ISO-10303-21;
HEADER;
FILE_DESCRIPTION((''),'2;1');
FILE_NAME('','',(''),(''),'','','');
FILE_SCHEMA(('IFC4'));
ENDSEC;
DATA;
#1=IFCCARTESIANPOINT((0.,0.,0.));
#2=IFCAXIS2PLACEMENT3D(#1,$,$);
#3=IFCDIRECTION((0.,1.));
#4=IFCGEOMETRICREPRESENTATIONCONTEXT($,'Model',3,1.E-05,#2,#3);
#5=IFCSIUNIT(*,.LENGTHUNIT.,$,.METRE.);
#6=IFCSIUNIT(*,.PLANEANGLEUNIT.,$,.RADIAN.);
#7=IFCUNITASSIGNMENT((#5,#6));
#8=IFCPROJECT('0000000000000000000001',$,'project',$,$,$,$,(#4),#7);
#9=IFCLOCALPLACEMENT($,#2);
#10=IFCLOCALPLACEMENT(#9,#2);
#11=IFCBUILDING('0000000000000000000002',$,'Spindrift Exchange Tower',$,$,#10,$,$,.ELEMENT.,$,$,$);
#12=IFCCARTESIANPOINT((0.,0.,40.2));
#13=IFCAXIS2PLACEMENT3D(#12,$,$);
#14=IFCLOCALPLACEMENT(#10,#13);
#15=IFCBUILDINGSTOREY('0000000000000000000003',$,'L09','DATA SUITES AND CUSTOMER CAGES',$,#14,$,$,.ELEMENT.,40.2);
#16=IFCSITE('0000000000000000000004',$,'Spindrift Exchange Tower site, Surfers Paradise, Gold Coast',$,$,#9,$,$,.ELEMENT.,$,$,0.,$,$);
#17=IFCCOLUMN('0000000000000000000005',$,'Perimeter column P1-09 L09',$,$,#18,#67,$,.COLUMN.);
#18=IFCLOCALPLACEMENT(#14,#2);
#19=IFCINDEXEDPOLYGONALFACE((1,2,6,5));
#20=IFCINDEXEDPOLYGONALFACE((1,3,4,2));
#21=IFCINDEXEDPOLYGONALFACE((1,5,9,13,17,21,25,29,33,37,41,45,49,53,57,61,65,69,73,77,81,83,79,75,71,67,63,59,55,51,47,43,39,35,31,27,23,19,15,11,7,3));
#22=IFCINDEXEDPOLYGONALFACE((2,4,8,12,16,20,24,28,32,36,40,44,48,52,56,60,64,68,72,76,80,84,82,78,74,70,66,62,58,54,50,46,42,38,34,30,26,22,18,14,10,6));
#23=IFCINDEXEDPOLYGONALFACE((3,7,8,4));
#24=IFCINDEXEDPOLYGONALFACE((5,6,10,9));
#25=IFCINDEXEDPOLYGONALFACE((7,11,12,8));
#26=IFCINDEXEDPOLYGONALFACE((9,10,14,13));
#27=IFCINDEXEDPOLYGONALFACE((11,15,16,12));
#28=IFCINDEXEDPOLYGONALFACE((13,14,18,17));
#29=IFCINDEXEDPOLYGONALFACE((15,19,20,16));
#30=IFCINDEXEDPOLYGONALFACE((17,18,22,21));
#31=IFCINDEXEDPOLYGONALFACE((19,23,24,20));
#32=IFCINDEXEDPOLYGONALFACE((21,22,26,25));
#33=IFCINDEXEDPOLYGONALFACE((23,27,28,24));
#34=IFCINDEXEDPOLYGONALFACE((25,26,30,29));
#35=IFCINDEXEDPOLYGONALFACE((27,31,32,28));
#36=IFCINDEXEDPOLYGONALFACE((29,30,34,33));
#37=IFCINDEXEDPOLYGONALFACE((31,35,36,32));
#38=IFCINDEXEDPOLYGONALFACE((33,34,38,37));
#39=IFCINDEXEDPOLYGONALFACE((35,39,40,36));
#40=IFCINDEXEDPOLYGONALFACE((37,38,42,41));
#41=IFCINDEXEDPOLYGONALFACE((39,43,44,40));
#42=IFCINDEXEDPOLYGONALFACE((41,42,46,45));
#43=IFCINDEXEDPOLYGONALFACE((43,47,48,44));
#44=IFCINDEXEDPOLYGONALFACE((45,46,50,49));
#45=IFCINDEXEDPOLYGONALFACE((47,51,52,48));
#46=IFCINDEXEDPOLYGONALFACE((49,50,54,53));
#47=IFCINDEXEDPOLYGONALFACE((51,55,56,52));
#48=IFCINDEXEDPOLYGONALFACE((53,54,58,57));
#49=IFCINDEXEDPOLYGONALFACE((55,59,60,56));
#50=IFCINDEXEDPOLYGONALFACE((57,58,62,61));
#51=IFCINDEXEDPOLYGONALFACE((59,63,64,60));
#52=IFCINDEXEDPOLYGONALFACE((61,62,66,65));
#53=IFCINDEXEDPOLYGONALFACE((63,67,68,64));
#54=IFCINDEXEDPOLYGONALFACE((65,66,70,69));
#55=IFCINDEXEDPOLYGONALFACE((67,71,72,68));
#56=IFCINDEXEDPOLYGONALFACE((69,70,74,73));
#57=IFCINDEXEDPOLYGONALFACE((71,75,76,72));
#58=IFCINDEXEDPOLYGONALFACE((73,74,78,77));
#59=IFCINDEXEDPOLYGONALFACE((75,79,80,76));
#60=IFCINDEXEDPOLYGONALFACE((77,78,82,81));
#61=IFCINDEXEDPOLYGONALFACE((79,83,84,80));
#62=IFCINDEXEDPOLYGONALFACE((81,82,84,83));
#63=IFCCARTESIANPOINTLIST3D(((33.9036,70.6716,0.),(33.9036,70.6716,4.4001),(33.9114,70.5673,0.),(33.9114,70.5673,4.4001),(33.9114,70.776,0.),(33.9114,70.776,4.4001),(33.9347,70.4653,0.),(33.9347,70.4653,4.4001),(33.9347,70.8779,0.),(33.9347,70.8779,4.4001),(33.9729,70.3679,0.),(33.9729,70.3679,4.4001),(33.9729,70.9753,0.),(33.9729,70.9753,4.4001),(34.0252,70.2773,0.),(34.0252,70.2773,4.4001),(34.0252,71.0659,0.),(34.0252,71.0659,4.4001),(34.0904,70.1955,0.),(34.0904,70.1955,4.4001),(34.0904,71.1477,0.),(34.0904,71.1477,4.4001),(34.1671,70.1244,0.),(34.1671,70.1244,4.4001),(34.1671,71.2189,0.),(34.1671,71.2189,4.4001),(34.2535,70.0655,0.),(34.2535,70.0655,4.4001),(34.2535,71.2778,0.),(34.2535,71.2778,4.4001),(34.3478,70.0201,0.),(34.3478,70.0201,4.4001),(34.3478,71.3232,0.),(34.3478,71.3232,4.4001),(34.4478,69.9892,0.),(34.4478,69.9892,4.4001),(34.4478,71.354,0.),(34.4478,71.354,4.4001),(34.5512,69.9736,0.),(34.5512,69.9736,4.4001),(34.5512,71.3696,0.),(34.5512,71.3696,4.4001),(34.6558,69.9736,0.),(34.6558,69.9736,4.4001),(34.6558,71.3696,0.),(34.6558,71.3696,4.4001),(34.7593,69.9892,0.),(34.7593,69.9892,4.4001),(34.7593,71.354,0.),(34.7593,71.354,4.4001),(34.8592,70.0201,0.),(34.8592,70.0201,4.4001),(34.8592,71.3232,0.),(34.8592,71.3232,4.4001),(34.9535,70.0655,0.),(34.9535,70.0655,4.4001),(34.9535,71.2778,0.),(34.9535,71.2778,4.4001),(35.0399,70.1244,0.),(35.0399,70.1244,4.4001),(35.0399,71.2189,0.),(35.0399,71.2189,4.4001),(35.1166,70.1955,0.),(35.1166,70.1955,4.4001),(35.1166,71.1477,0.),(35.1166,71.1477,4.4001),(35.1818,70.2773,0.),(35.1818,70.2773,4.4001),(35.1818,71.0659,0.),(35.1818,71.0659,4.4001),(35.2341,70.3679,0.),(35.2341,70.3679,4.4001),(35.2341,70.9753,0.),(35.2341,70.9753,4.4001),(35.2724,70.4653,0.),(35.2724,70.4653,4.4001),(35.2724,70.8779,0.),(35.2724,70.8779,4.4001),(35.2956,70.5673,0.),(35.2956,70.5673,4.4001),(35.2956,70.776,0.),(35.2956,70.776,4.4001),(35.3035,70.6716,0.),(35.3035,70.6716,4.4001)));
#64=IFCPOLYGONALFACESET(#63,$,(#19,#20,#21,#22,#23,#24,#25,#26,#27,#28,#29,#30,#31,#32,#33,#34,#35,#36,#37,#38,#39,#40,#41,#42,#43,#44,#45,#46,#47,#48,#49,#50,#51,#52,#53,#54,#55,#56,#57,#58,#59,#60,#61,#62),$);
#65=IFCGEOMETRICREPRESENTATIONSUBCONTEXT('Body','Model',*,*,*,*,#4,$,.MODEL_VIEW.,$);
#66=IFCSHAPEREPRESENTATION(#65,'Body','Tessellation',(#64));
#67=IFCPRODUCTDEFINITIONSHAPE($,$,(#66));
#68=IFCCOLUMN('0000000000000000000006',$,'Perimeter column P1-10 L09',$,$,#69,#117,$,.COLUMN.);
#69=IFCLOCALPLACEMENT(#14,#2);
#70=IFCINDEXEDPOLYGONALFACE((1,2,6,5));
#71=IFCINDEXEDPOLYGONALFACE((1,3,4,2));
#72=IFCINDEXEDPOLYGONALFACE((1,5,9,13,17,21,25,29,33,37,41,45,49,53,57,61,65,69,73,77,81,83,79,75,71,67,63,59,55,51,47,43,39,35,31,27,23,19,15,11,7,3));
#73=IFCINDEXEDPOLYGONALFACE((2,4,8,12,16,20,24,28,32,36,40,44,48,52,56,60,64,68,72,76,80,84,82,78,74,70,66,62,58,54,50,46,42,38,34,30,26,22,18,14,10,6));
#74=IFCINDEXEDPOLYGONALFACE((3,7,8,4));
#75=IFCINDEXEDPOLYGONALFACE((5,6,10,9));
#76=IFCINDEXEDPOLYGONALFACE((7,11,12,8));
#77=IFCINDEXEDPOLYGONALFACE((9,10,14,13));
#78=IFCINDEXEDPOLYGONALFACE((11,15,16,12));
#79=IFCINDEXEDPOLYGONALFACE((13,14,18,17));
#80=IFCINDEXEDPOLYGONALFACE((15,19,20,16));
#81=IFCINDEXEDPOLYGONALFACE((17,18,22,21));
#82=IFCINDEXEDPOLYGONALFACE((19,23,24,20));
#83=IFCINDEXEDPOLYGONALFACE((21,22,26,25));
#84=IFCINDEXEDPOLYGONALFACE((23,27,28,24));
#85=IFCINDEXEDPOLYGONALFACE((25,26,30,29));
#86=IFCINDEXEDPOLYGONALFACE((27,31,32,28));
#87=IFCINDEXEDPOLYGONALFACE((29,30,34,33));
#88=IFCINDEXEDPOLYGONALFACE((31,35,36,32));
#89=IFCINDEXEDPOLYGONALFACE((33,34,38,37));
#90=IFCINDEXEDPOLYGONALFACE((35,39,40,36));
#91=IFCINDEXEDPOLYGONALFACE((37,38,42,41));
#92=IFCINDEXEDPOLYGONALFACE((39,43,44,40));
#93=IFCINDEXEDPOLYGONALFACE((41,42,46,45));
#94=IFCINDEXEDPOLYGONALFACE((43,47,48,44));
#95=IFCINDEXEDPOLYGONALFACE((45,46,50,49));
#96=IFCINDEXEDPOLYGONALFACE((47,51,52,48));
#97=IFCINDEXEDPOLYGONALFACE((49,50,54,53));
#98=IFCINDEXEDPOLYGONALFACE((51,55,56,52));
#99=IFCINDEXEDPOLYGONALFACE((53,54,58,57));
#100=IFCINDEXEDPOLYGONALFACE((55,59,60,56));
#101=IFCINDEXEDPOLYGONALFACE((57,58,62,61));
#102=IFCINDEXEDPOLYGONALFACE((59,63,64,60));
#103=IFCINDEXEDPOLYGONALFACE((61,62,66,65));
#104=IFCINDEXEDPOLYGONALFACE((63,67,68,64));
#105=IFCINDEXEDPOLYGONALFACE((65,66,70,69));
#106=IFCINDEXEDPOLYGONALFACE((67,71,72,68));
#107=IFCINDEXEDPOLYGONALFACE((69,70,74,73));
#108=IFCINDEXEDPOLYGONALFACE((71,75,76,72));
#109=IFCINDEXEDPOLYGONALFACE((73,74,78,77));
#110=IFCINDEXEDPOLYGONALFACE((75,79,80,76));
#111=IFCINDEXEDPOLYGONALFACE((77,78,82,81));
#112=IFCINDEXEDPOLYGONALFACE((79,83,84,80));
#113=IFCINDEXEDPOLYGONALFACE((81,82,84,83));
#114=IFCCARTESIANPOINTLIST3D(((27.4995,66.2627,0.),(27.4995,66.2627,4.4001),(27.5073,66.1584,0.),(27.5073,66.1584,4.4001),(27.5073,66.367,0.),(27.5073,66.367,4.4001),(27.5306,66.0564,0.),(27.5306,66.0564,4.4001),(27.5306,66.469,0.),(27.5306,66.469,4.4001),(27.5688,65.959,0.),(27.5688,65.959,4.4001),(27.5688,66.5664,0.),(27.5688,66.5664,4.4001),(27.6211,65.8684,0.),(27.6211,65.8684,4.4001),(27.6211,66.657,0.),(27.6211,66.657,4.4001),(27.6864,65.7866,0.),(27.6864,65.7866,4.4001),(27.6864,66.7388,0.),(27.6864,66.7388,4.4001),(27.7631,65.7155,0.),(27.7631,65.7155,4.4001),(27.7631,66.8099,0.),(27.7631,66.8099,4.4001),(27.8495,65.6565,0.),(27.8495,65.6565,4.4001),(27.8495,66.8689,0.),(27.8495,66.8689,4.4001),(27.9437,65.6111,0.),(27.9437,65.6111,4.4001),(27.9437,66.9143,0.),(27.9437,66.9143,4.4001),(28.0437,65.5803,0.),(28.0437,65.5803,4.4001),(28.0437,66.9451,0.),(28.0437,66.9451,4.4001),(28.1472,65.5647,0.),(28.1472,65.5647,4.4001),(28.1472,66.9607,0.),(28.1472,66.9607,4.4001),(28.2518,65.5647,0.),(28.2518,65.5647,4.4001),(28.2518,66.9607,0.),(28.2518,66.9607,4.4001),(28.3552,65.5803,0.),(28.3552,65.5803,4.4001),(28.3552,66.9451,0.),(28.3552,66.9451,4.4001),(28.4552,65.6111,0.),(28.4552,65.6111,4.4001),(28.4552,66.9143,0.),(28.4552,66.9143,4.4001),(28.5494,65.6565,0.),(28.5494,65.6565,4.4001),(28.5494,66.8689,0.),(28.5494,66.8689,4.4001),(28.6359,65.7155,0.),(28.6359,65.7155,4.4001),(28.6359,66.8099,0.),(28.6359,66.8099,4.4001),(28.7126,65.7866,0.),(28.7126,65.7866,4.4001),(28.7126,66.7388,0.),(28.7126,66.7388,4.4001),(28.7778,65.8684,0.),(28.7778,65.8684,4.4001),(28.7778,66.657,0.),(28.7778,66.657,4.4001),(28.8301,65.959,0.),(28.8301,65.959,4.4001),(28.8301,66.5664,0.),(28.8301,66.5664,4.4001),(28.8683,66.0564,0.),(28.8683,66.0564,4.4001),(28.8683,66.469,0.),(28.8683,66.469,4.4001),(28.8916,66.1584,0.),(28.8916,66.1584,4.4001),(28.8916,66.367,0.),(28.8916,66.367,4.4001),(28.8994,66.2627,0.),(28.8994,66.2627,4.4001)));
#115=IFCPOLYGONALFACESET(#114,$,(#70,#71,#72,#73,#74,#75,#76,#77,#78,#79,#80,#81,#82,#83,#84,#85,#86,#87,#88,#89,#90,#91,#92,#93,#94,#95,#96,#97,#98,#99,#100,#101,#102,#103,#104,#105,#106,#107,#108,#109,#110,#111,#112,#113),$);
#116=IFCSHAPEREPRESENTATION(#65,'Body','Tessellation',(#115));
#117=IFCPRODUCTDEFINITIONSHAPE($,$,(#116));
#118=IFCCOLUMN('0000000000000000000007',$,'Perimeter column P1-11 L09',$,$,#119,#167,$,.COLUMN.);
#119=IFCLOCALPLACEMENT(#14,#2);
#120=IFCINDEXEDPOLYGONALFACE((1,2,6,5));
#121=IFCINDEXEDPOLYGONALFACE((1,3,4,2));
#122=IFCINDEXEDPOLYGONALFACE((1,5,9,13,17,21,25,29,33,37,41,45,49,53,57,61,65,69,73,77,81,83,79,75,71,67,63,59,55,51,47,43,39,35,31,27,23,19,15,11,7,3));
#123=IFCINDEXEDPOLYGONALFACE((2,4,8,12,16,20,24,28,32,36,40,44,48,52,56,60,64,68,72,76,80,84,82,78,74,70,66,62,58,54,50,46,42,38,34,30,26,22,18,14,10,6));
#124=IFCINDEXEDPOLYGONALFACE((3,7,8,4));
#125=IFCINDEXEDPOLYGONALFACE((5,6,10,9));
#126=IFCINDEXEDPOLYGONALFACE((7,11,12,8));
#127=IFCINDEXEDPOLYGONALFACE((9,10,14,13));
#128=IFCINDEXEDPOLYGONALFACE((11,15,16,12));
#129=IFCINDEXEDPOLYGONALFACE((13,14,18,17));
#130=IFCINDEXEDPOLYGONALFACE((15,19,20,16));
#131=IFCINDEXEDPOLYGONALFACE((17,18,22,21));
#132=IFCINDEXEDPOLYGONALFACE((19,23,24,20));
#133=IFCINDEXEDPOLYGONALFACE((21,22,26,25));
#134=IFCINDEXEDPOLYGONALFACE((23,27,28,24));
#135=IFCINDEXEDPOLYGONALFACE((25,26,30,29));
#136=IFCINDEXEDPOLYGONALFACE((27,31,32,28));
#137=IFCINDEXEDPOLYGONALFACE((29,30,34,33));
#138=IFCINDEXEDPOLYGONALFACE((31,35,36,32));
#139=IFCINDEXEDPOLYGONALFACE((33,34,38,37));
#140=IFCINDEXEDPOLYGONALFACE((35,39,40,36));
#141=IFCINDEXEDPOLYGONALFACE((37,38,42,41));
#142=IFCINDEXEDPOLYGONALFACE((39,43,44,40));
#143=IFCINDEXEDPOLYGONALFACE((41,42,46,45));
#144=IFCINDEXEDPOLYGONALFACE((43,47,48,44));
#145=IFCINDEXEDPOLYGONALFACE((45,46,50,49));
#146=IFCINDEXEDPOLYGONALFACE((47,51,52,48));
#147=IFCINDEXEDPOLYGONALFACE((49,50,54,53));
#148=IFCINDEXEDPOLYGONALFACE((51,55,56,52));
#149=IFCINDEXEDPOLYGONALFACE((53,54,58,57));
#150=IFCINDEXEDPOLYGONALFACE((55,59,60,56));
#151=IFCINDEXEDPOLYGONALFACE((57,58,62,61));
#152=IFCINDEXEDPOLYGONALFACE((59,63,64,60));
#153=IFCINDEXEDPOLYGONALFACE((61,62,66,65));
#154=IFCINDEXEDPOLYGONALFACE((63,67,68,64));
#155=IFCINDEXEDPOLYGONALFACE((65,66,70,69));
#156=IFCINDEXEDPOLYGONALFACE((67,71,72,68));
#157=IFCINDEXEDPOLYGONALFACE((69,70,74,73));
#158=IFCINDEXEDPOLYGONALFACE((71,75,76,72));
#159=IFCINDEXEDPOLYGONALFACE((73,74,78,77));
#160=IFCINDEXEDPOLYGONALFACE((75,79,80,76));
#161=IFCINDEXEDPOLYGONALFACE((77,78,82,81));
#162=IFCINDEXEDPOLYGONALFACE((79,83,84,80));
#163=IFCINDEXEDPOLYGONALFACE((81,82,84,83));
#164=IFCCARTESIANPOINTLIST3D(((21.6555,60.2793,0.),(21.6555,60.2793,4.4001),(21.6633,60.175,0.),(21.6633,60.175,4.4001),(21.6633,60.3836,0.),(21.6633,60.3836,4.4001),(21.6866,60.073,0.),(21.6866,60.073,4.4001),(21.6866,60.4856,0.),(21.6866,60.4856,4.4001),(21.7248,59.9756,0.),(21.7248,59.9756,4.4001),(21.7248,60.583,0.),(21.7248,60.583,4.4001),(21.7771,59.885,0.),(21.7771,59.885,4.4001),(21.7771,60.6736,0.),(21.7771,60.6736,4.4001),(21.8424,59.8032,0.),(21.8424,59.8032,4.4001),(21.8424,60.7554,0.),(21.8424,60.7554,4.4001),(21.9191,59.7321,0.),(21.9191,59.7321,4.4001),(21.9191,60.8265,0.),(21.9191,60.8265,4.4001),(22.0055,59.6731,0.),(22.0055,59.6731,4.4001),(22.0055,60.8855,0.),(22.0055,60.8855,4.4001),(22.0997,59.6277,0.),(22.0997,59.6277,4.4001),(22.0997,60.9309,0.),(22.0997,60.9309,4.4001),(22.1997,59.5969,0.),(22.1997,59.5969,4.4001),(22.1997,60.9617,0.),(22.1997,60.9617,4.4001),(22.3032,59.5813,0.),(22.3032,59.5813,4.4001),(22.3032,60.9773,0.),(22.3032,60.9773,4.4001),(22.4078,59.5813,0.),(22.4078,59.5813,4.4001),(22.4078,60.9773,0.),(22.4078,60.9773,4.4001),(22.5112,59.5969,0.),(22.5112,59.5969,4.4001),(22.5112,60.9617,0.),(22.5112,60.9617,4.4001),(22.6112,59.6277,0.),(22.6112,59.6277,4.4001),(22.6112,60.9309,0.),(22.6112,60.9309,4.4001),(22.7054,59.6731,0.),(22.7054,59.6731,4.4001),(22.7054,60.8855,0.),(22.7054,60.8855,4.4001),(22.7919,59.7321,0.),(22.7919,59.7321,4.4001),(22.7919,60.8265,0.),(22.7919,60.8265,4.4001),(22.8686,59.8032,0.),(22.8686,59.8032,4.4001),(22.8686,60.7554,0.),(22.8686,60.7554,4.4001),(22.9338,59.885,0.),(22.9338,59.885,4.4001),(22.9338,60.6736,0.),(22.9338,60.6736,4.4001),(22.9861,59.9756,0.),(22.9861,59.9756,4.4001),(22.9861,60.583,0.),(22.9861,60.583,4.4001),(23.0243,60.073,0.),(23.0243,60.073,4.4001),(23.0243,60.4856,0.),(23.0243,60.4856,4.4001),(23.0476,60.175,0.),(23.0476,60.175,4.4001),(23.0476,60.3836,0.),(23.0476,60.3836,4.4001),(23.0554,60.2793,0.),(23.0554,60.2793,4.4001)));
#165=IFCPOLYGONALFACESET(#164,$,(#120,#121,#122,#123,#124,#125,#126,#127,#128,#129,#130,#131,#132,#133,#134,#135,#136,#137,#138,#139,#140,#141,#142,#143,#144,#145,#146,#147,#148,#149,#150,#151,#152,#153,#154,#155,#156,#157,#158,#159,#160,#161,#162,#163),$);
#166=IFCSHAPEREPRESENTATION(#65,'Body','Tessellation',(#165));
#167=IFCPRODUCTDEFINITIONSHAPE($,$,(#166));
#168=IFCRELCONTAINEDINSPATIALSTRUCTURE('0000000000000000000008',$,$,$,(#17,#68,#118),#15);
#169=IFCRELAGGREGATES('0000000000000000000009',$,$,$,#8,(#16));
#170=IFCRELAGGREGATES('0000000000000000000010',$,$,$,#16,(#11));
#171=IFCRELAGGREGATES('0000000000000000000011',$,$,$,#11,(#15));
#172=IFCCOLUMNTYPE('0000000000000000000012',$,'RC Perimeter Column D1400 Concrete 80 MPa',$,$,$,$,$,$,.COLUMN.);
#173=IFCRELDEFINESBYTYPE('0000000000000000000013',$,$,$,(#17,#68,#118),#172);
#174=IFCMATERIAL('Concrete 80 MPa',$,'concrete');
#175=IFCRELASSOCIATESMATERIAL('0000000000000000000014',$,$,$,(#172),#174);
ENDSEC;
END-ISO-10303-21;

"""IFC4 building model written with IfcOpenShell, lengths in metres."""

from ifc_helpers import new_model, si_unit, direction, frame, origin, origin_2d, place, context, subcontext, project, spatial, circle, extrude, source, transform, mapped, material, material_profile, profile_set, type_object, element, save


model = new_model("IFC4")

# Units and contexts
model_context = context("Model", 3, precision=1e-05, world=origin(), true_north=direction((0.0, 1.0)))
body_context = subcontext(model_context, "Body", "Model", "MODEL_VIEW")
ifc_project = project(units=[si_unit("LENGTHUNIT", "METRE"), si_unit("PLANEANGLEUNIT", "RADIAN")], contexts=[model_context])

# Site, building, storey
site_placement = place(None, origin())
site = spatial("IfcSite", under=ifc_project, at=site_placement, Name="Spindrift Exchange Tower site, Surfers Paradise, Gold Coast", CompositionType="ELEMENT", RefElevation=0.0)
building_placement = place(site_placement, origin())
building = spatial("IfcBuilding", under=site, at=building_placement, Name="Spindrift Exchange Tower", CompositionType="ELEMENT")
storey_placement = place(building_placement, frame((0.0, 0.0, 40.2)))
storey = spatial("IfcBuildingStorey", under=building, at=storey_placement, Name="L09", Description="DATA SUITES AND CUSTOMER CAGES", CompositionType="ELEMENT", Elevation=40.2)

# Columns
ifc_material_1 = material(Name="Concrete 80 MPa", Category="concrete")
ifc_material_profile_1 = material_profile(ifc_material_1, circle(Radius=0.7, at=origin_2d()), Name="RC D1400")
ifc_profile_set_1 = profile_set([ifc_material_profile_1], Name="Concrete 80 MPa")
column_type = type_object("IfcColumnType", Name="RC Perimeter Column D1400 Concrete 80 MPa", PredefinedType="COLUMN", material=ifc_profile_set_1)
shared_shape_1 = source(origin(), body_context, "Body", "SweptSolid", [
    extrude(circle(Radius=0.7, at=origin_2d()), origin(), (0.0, 0.0, 1.0), 4.4001),
])
for number, where, z_axis, x_axis, name in (
    (1, (34.6035, 70.6716, 0.0), (0.0, 0.0, 1.0), (1.0, 0.0, 0.0), "Perimeter column P1-09 L09"),
    (2, (28.1995, 66.2627, 0.0), (0.0, 0.0, 1.0), (1.0, 0.0, 0.0), "Perimeter column P1-10 L09"),
    (3, (22.3555, 60.2793, 0.0), (0.0, 0.0, 1.0), (1.0, 0.0, 0.0), "Perimeter column P1-11 L09"),
):
    element("IfcColumn", number, at=place(storey_placement, frame(where, z_axis=z_axis, x_axis=x_axis)), inside=storey, type_object=column_type, Name=name, PredefinedType="COLUMN", context=body_context, shape_type="MappedRepresentation", body=[
        mapped(shared_shape_1, transform((0.0, 0.0, 0.0), scale=1.0)),
    ])

save(model, "model.ifc")
